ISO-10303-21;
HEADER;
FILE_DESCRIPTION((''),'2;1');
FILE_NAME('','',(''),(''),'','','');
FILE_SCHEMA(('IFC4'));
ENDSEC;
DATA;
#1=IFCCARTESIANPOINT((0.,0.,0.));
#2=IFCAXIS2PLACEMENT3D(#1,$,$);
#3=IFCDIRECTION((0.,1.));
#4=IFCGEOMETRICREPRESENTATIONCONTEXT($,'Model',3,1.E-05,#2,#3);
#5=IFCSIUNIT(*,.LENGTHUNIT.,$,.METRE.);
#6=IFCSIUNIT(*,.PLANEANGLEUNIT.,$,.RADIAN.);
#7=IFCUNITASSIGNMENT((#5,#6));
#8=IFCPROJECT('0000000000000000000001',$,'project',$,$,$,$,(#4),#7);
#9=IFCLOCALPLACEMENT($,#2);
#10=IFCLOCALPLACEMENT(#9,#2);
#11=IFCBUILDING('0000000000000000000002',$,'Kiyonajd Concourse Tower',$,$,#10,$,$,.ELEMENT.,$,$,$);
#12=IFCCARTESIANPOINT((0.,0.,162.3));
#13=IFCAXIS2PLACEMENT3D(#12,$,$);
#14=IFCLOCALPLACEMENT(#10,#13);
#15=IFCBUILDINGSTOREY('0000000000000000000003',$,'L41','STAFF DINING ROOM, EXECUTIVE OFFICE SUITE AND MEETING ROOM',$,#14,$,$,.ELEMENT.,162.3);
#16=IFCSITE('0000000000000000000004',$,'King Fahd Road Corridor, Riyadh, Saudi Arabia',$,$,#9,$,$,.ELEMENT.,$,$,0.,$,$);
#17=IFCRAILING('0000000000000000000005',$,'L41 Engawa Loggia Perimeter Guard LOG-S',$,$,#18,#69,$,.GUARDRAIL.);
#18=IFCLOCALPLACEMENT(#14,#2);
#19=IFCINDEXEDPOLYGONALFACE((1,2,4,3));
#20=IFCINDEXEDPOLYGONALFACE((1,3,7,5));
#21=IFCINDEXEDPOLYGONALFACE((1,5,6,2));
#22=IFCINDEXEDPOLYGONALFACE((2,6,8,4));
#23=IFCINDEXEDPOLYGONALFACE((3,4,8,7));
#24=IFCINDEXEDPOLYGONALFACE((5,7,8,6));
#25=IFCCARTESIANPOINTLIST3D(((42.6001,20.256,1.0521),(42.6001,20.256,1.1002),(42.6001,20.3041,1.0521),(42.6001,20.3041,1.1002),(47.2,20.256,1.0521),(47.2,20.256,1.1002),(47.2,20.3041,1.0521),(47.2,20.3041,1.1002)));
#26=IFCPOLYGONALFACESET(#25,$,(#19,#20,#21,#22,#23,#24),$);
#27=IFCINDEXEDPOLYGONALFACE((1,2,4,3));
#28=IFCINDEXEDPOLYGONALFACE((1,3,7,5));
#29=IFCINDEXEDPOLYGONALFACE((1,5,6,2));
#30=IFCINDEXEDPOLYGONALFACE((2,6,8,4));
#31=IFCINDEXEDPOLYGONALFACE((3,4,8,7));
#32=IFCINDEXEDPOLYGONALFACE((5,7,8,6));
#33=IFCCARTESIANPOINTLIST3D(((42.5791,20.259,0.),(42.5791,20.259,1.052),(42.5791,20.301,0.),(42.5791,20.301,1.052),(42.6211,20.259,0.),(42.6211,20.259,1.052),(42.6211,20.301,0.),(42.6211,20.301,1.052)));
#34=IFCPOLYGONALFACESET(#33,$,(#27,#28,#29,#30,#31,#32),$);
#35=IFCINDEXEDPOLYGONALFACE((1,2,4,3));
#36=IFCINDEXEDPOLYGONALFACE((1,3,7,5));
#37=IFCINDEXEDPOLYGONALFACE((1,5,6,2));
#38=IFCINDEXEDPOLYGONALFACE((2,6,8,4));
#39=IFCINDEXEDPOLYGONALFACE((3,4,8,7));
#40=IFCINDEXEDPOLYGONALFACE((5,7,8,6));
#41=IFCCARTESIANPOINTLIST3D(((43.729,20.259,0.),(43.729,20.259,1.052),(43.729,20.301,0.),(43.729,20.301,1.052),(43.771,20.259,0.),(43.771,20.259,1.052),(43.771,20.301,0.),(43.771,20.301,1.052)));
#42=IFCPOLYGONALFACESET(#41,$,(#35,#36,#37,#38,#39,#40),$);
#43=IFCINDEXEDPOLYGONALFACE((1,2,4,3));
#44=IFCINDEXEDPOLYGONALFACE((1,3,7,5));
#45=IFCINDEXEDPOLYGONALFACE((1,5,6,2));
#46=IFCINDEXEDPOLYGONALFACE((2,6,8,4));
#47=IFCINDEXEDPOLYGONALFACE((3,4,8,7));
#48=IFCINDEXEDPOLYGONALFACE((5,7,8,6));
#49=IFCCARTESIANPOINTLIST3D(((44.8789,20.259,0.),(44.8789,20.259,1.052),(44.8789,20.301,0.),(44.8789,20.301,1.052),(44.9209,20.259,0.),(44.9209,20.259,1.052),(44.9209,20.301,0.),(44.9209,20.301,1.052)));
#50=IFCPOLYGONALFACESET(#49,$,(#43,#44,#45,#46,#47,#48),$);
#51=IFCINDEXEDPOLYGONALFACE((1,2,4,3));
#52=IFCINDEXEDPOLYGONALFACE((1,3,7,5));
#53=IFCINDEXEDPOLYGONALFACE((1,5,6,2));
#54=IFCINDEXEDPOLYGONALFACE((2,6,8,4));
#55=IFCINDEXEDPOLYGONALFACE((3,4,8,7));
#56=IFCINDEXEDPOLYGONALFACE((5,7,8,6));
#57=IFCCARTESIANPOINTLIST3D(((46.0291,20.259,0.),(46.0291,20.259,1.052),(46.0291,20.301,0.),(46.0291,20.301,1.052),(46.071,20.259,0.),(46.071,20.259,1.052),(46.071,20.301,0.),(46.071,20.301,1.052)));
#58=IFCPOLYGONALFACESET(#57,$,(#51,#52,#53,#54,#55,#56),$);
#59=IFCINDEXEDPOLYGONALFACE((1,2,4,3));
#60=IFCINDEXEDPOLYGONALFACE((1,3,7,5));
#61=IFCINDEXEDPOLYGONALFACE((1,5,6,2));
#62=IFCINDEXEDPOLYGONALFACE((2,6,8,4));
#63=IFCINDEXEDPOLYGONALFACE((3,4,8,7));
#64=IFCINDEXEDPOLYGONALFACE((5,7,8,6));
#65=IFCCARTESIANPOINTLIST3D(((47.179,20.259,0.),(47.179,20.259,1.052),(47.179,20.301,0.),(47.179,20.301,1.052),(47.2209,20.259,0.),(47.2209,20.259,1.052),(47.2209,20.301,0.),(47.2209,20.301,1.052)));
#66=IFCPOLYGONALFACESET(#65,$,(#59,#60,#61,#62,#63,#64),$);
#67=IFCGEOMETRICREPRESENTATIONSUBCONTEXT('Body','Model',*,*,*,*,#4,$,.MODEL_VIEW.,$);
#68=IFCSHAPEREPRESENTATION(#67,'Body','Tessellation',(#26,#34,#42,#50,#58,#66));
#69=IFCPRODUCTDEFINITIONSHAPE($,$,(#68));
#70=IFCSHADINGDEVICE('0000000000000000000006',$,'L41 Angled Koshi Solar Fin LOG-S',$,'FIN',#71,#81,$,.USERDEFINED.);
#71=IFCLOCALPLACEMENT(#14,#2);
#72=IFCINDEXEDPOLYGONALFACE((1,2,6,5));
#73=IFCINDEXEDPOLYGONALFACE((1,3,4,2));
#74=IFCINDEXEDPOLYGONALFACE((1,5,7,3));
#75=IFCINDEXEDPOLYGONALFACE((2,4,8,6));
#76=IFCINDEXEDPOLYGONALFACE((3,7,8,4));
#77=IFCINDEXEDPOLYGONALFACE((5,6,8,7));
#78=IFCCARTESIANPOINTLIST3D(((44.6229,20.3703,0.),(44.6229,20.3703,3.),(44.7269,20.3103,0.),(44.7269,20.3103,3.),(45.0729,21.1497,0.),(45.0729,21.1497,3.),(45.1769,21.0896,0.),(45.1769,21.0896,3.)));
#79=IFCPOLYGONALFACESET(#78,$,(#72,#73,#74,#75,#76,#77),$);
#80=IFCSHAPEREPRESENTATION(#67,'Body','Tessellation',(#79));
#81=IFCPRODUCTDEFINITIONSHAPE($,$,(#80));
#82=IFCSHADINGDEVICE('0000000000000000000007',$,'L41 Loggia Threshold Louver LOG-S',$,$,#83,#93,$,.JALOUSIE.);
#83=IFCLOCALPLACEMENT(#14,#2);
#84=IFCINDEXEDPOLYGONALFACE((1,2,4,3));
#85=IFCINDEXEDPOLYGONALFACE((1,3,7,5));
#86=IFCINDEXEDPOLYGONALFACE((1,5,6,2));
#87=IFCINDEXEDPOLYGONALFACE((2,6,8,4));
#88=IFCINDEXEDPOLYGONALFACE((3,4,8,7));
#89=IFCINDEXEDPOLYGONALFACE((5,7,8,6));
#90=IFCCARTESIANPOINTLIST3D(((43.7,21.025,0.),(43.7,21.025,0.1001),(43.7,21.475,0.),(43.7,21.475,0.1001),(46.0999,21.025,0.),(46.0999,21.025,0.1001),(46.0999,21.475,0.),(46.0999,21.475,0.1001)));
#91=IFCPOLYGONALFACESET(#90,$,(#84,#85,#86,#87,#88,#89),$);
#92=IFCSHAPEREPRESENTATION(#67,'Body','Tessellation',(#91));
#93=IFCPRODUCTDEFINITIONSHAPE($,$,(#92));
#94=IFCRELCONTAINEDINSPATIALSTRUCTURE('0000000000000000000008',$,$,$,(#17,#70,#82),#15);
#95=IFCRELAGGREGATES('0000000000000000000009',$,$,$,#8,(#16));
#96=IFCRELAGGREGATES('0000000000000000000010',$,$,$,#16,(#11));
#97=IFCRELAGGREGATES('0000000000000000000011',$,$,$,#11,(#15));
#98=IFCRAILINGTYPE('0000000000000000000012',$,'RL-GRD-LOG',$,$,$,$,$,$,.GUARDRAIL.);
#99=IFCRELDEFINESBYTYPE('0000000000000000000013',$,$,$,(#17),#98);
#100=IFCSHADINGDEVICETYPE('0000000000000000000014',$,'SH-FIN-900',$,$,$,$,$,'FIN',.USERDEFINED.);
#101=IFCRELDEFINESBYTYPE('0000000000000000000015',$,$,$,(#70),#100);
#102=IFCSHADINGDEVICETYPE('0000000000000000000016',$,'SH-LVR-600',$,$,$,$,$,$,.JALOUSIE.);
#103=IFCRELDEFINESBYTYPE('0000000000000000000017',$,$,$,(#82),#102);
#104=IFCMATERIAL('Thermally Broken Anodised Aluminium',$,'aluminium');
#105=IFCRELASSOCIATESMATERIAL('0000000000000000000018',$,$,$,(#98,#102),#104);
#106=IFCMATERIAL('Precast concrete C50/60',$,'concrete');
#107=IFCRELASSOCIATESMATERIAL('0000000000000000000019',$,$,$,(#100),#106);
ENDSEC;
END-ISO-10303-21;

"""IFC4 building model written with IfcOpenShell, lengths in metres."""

from ifc_helpers import new_model, si_unit, direction, frame, origin, origin_2d, place, context, subcontext, project, spatial, rectangle, extrude, material, type_object, element, save


model = new_model("IFC4")

# Units and contexts
model_context = context("Model", 3, precision=1e-05, world=origin(), true_north=direction((0.0, 1.0)))
body_context = subcontext(model_context, "Body", "Model", "MODEL_VIEW")
ifc_project = project(units=[si_unit("LENGTHUNIT", "METRE"), si_unit("PLANEANGLEUNIT", "RADIAN")], contexts=[model_context])

# Site, building, storey
site_placement = place(None, origin())
site = spatial("IfcSite", under=ifc_project, at=site_placement, Name="King Fahd Road Corridor, Riyadh, Saudi Arabia", CompositionType="ELEMENT", RefElevation=0.0)
building_placement = place(site_placement, origin())
building = spatial("IfcBuilding", under=site, at=building_placement, Name="Kiyonajd Concourse Tower", CompositionType="ELEMENT")
storey_placement = place(building_placement, frame((0.0, 0.0, 162.3)))
storey = spatial("IfcBuildingStorey", under=building, at=storey_placement, Name="L41", Description="STAFF DINING ROOM, EXECUTIVE OFFICE SUITE AND MEETING ROOM", CompositionType="ELEMENT", Elevation=162.3)

# Shared definitions
ifc_material_1 = material(Name="Thermally Broken Anodised Aluminium", Category="aluminium")

# Shared definitions
ifc_material_2 = material(Name="Precast concrete C50/60", Category="concrete")

# Railing
railing_type = type_object("IfcRailingType", Name="RL-GRD-LOG", PredefinedType="GUARDRAIL", material=ifc_material_1)
railing_placement = place(storey_placement, frame((42.6001, 20.28, 0.0)))
element("IfcRailing", 1, at=railing_placement, inside=storey, type_object=railing_type, Name="L41 Engawa Loggia Perimeter Guard LOG-S", PredefinedType="GUARDRAIL", context=body_context, shape_type="SweptSolid", body=[
    extrude(rectangle(XDim=0.0481, YDim=0.0481, at=origin_2d()), frame((0.0, 0.0, 1.0762), z_axis=(1.0, 0.0, 0.0), x_axis=(0.0, 1.0, 0.0)), (0.0, 0.0, 1.0), 4.5999),
    extrude(rectangle(XDim=0.042, YDim=0.042, at=origin_2d()), origin(), (0.0, 0.0, 1.0), 1.052),
    extrude(rectangle(XDim=0.042, YDim=0.042, at=origin_2d()), frame((1.1499, 0.0, 0.0)), (0.0, 0.0, 1.0), 1.052),
    extrude(rectangle(XDim=0.042, YDim=0.042, at=origin_2d()), frame((2.2998, 0.0, 0.0)), (0.0, 0.0, 1.0), 1.052),
    extrude(rectangle(XDim=0.042, YDim=0.042, at=origin_2d()), frame((3.45, 0.0, 0.0)), (0.0, 0.0, 1.0), 1.052),
    extrude(rectangle(XDim=0.042, YDim=0.042, at=origin_2d()), frame((4.5999, 0.0, 0.0)), (0.0, 0.0, 1.0), 1.052),
])

# Shading devices
shading_device_type_1 = type_object("IfcShadingDeviceType", Name="SH-FIN-900", ElementType="FIN", PredefinedType="USERDEFINED", material=ifc_material_2)
shading_device_1_placement = place(storey_placement, frame((44.8999, 20.73, 0.0), z_axis=(0.0, 0.0, 1.0), x_axis=(0.5, 0.866025, 0.0)))
element("IfcShadingDevice", 2, at=shading_device_1_placement, inside=storey, type_object=shading_device_type_1, Name="L41 Angled Koshi Solar Fin LOG-S", ObjectType="FIN", PredefinedType="USERDEFINED", context=body_context, shape_type="SweptSolid", body=[
    extrude(rectangle(XDim=0.8999, YDim=0.1201, at=origin_2d()), origin(), (0.0, 0.0, 1.0), 3.0),
])
shading_device_type_2 = type_object("IfcShadingDeviceType", Name="SH-LVR-600", PredefinedType="JALOUSIE", material=ifc_material_1)
shading_device_2_placement = place(storey_placement, frame((44.8999, 21.25, 0.0), z_axis=(0.0, 0.0, 1.0), x_axis=(1.0, 0.0, 0.0)))
element("IfcShadingDevice", 3, at=shading_device_2_placement, inside=storey, type_object=shading_device_type_2, Name="L41 Loggia Threshold Louver LOG-S", PredefinedType="JALOUSIE", context=body_context, shape_type="SweptSolid", body=[
    extrude(rectangle(XDim=2.3999, YDim=0.45, at=origin_2d()), origin(), (0.0, 0.0, 1.0), 0.1001),
])

save(model, "model.ifc")
